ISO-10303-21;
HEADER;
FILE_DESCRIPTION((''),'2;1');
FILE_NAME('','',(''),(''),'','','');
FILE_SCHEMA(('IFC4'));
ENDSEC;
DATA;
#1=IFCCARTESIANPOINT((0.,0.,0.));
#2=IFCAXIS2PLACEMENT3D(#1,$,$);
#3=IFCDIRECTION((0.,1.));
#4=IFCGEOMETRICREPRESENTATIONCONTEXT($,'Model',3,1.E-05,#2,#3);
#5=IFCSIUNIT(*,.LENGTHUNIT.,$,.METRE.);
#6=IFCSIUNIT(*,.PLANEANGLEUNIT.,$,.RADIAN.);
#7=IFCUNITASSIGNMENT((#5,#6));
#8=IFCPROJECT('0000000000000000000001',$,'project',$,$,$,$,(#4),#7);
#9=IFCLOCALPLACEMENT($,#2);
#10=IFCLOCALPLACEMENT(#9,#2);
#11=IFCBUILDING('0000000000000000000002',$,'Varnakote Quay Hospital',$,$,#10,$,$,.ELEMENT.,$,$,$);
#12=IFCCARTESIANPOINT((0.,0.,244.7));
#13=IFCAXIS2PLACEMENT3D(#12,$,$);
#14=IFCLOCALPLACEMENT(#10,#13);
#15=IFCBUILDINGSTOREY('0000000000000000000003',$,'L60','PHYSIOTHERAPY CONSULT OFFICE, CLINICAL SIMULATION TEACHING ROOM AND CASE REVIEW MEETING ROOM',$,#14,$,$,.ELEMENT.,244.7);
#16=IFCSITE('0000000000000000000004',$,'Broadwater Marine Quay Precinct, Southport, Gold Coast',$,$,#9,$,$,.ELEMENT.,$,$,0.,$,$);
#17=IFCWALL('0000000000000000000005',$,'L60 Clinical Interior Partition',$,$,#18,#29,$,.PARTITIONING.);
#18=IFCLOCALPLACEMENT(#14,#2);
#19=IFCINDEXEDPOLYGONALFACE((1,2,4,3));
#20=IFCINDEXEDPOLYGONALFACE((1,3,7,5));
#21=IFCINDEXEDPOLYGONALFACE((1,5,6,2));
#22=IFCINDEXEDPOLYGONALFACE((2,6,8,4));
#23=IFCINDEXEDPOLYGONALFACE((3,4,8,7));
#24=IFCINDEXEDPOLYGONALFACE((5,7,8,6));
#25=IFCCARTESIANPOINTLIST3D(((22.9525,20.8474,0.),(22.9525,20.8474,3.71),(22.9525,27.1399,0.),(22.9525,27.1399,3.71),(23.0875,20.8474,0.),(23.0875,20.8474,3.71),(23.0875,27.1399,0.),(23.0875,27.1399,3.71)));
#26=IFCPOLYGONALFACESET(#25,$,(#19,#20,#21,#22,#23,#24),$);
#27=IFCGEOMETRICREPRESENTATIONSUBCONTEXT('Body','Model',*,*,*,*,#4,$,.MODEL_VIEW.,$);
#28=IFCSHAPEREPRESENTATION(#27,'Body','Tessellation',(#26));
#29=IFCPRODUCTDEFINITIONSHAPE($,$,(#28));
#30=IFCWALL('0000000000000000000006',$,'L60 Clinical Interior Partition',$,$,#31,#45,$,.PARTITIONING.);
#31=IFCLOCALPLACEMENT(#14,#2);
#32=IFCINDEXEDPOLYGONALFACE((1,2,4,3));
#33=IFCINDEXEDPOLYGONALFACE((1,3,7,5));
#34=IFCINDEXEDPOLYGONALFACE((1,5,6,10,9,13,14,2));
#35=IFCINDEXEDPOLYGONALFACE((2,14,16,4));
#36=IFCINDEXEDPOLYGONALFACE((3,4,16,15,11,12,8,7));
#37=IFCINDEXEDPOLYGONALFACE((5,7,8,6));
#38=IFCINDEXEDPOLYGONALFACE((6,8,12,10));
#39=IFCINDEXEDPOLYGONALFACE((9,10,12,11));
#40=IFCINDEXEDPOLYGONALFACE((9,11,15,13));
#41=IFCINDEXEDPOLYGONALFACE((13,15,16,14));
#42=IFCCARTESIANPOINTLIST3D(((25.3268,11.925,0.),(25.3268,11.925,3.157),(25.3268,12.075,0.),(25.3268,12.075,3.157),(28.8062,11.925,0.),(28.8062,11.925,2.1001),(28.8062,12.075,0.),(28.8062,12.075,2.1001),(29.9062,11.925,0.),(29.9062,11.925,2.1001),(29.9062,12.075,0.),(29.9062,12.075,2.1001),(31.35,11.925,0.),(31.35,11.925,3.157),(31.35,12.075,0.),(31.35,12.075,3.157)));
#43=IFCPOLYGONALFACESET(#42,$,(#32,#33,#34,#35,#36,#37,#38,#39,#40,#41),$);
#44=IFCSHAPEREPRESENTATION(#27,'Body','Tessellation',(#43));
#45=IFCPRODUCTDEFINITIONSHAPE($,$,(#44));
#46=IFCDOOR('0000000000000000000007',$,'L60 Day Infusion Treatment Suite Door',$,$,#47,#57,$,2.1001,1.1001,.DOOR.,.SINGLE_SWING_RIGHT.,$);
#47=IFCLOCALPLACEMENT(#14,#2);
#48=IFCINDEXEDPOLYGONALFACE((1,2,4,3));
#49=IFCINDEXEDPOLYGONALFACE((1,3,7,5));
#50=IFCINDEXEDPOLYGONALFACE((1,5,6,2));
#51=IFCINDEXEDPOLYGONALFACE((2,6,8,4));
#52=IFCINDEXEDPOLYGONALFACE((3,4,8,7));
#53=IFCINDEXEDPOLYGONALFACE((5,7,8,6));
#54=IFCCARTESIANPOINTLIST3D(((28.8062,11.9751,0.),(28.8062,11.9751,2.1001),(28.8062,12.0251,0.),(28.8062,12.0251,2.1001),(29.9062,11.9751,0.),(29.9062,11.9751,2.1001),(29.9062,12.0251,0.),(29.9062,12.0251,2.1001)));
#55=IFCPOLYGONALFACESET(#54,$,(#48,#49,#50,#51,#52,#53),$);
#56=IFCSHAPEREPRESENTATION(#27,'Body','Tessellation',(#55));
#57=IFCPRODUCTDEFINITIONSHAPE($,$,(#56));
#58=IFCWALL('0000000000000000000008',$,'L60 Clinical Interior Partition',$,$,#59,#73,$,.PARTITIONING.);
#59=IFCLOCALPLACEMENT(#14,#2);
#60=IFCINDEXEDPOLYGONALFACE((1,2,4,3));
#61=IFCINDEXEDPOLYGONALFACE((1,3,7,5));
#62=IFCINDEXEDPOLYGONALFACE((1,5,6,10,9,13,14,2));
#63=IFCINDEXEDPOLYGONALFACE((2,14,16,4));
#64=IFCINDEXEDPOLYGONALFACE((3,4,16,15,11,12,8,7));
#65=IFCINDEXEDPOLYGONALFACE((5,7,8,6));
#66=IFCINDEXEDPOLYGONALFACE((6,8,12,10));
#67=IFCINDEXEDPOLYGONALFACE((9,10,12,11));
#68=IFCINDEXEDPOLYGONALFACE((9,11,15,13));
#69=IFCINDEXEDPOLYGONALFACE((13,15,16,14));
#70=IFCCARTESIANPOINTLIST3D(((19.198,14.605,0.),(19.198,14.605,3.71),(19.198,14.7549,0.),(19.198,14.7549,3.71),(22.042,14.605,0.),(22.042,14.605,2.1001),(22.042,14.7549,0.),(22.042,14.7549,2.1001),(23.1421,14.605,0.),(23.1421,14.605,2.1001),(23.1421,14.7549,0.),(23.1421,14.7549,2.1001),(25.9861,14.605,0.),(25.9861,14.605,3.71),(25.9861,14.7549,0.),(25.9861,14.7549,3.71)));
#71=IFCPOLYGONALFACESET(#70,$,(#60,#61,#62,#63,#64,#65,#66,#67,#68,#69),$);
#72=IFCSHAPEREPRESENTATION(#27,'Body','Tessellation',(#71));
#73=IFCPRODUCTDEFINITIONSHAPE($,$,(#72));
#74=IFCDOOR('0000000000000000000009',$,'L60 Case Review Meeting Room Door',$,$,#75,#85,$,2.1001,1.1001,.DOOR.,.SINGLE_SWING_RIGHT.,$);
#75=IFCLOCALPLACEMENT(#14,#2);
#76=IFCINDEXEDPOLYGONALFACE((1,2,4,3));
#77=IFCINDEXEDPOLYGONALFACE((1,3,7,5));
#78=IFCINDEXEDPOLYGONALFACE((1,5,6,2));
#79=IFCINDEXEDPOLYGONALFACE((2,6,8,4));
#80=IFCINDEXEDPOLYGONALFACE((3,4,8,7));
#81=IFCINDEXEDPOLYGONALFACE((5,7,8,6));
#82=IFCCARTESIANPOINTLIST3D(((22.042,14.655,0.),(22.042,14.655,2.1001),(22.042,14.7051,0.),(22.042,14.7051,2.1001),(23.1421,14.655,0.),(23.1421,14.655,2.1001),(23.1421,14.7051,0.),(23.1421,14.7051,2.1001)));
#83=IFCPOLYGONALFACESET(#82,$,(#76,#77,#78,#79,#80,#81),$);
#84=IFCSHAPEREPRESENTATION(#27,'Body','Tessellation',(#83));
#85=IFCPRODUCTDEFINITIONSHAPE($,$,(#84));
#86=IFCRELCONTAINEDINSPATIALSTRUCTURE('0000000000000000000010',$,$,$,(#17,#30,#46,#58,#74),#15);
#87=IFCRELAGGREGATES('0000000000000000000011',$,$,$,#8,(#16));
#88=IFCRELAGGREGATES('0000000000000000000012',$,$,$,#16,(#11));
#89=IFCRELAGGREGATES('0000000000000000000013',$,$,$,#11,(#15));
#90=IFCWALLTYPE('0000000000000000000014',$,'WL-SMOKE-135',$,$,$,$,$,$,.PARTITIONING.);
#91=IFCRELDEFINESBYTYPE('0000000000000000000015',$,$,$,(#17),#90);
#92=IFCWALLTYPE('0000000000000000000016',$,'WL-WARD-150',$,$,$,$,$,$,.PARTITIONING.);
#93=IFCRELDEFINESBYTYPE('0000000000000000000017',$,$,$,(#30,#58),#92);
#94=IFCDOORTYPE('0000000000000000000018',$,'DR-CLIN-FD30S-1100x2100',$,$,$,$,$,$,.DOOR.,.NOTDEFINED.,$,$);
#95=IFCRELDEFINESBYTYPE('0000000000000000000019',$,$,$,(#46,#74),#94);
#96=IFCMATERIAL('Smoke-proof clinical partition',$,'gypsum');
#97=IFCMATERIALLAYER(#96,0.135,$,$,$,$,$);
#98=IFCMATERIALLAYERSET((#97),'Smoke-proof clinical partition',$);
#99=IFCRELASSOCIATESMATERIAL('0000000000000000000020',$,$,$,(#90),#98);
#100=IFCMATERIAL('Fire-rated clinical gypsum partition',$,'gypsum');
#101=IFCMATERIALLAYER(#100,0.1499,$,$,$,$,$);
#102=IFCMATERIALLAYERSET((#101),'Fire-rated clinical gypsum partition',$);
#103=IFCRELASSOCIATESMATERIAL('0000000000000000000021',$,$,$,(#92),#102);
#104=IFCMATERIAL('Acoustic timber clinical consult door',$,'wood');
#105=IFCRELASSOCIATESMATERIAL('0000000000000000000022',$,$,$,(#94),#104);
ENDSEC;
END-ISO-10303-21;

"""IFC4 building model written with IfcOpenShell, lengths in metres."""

from ifc_helpers import new_model, si_unit, direction, frame, frame_2d, origin, place, context, subcontext, project, spatial, rectangle, extrude, material, layer, layer_set, type_object, element, fill, save


model = new_model("IFC4")

# Units and contexts
model_context = context("Model", 3, precision=1e-05, world=origin(), true_north=direction((0.0, 1.0)))
body_context = subcontext(model_context, "Body", "Model", "MODEL_VIEW")
ifc_project = project(units=[si_unit("LENGTHUNIT", "METRE"), si_unit("PLANEANGLEUNIT", "RADIAN")], contexts=[model_context])

# Site, building, storey
site_placement = place(None, origin())
site = spatial("IfcSite", under=ifc_project, at=site_placement, Name="Broadwater Marine Quay Precinct, Southport, Gold Coast", CompositionType="ELEMENT", RefElevation=0.0)
building_placement = place(site_placement, origin())
building = spatial("IfcBuilding", under=site, at=building_placement, Name="Varnakote Quay Hospital", CompositionType="ELEMENT")
storey_placement = place(building_placement, frame((0.0, 0.0, 244.7)))
storey = spatial("IfcBuildingStorey", under=building, at=storey_placement, Name="L60", Description="PHYSIOTHERAPY CONSULT OFFICE, CLINICAL SIMULATION TEACHING ROOM AND CASE REVIEW MEETING ROOM", CompositionType="ELEMENT", Elevation=244.7)

# Wall
ifc_material_1 = material(Name="Smoke-proof clinical partition", Category="gypsum")
ifc_layer_1 = layer(ifc_material_1, 0.135)
ifc_layer_set_1 = layer_set([ifc_layer_1], Name="Smoke-proof clinical partition")
wall_type_1 = type_object("IfcWallType", Name="WL-SMOKE-135", PredefinedType="PARTITIONING", material=ifc_layer_set_1)
wall_1_placement = place(storey_placement, frame((23.02, 20.8474, 0.0), z_axis=(0.0, 0.0, 1.0), x_axis=(0.0, 1.0, 0.0)))
element("IfcWall", 1, at=wall_1_placement, inside=storey, type_object=wall_type_1, Name="L60 Clinical Interior Partition", PredefinedType="PARTITIONING", context=body_context, shape_type="SweptSolid", body=[
    extrude(rectangle(XDim=6.2925, YDim=0.135, at=frame_2d((3.1462, 0.0))), origin(), (0.0, 0.0, 1.0), 3.71),
])

# Walls, openings, doors
ifc_material_2 = material(Name="Fire-rated clinical gypsum partition", Category="gypsum")
ifc_layer_2 = layer(ifc_material_2, 0.1499)
ifc_layer_set_2 = layer_set([ifc_layer_2], Name="Fire-rated clinical gypsum partition")
wall_type_2 = type_object("IfcWallType", Name="WL-WARD-150", PredefinedType="PARTITIONING", material=ifc_layer_set_2)
wall_2_placement = place(storey_placement, frame((31.3501, 12.0, 0.0), z_axis=(0.0, 0.0, 1.0), x_axis=(-1.0, 0.0, 0.0)))
wall_2 = element("IfcWall", 2, at=wall_2_placement, inside=storey, type_object=wall_type_2, Name="L60 Clinical Interior Partition", PredefinedType="PARTITIONING", context=body_context, shape_type="SweptSolid", body=[
    extrude(rectangle(XDim=6.0232, YDim=0.1499, at=frame_2d((3.0117, 0.0))), origin(), (0.0, 0.0, 1.0), 3.157),
])
opening_1_placement = place(wall_2_placement, frame((1.4438, 0.0, 0.0)))
opening_1 = element("IfcOpeningElement", 3, at=opening_1_placement, cuts=wall_2, PredefinedType="OPENING", context=body_context, shape_type="SweptSolid", body=[
    extrude(rectangle(XDim=1.1001, YDim=2.1001, at=frame_2d((0.55, 1.05))), frame((0.0, 0.085, 0.0), z_axis=(0.0, -1.0, 0.0), x_axis=(1.0, 0.0, 0.0)), (0.0, 0.0, 1.0), 0.1699),
])
ifc_material_3 = material(Name="Acoustic timber clinical consult door", Category="wood")
door_type = type_object("IfcDoorType", Name="DR-CLIN-FD30S-1100x2100", OperationType="NOTDEFINED", PredefinedType="DOOR", material=ifc_material_3)
door_1_placement = place(opening_1_placement, origin())
door_1 = element("IfcDoor", 4, at=door_1_placement, inside=storey, type_object=door_type, Name="L60 Day Infusion Treatment Suite Door", OperationType="SINGLE_SWING_RIGHT", OverallHeight=2.1001, OverallWidth=1.1001, PredefinedType="DOOR", context=body_context, shape_type="SweptSolid", body=[
    extrude(rectangle(XDim=1.1001, YDim=2.1001, at=frame_2d((0.55, 1.05))), frame((0.0, 0.0249, 0.0), z_axis=(0.0, -1.0, 0.0), x_axis=(1.0, 0.0, 0.0)), (0.0, 0.0, 1.0), 0.05),
])
fill(opening_1, door_1)
wall_3_placement = place(storey_placement, frame((25.9861, 14.6799, 0.0), z_axis=(0.0, 0.0, 1.0), x_axis=(-1.0, 0.0, 0.0)))
wall_3 = element("IfcWall", 5, at=wall_3_placement, inside=storey, type_object=wall_type_2, Name="L60 Clinical Interior Partition", PredefinedType="PARTITIONING", context=body_context, shape_type="SweptSolid", body=[
    extrude(rectangle(XDim=6.7881, YDim=0.1499, at=frame_2d((3.394, 0.0))), origin(), (0.0, 0.0, 1.0), 3.71),
])
opening_2_placement = place(wall_3_placement, frame((2.844, 0.0, 0.0)))
opening_2 = element("IfcOpeningElement", 6, at=opening_2_placement, cuts=wall_3, PredefinedType="OPENING", context=body_context, shape_type="SweptSolid", body=[
    extrude(rectangle(XDim=1.1001, YDim=2.1001, at=frame_2d((0.55, 1.05))), frame((0.0, 0.085, 0.0), z_axis=(0.0, -1.0, 0.0), x_axis=(1.0, 0.0, 0.0)), (0.0, 0.0, 1.0), 0.1699),
])
door_2_placement = place(opening_2_placement, origin())
door_2 = element("IfcDoor", 7, at=door_2_placement, inside=storey, type_object=door_type, Name="L60 Case Review Meeting Room Door", OperationType="SINGLE_SWING_RIGHT", OverallHeight=2.1001, OverallWidth=1.1001, PredefinedType="DOOR", context=body_context, shape_type="SweptSolid", body=[
    extrude(rectangle(XDim=1.1001, YDim=2.1001, at=frame_2d((0.55, 1.05))), frame((0.0, 0.0249, 0.0), z_axis=(0.0, -1.0, 0.0), x_axis=(1.0, 0.0, 0.0)), (0.0, 0.0, 1.0), 0.05),
])
fill(opening_2, door_2)

save(model, "model.ifc")
